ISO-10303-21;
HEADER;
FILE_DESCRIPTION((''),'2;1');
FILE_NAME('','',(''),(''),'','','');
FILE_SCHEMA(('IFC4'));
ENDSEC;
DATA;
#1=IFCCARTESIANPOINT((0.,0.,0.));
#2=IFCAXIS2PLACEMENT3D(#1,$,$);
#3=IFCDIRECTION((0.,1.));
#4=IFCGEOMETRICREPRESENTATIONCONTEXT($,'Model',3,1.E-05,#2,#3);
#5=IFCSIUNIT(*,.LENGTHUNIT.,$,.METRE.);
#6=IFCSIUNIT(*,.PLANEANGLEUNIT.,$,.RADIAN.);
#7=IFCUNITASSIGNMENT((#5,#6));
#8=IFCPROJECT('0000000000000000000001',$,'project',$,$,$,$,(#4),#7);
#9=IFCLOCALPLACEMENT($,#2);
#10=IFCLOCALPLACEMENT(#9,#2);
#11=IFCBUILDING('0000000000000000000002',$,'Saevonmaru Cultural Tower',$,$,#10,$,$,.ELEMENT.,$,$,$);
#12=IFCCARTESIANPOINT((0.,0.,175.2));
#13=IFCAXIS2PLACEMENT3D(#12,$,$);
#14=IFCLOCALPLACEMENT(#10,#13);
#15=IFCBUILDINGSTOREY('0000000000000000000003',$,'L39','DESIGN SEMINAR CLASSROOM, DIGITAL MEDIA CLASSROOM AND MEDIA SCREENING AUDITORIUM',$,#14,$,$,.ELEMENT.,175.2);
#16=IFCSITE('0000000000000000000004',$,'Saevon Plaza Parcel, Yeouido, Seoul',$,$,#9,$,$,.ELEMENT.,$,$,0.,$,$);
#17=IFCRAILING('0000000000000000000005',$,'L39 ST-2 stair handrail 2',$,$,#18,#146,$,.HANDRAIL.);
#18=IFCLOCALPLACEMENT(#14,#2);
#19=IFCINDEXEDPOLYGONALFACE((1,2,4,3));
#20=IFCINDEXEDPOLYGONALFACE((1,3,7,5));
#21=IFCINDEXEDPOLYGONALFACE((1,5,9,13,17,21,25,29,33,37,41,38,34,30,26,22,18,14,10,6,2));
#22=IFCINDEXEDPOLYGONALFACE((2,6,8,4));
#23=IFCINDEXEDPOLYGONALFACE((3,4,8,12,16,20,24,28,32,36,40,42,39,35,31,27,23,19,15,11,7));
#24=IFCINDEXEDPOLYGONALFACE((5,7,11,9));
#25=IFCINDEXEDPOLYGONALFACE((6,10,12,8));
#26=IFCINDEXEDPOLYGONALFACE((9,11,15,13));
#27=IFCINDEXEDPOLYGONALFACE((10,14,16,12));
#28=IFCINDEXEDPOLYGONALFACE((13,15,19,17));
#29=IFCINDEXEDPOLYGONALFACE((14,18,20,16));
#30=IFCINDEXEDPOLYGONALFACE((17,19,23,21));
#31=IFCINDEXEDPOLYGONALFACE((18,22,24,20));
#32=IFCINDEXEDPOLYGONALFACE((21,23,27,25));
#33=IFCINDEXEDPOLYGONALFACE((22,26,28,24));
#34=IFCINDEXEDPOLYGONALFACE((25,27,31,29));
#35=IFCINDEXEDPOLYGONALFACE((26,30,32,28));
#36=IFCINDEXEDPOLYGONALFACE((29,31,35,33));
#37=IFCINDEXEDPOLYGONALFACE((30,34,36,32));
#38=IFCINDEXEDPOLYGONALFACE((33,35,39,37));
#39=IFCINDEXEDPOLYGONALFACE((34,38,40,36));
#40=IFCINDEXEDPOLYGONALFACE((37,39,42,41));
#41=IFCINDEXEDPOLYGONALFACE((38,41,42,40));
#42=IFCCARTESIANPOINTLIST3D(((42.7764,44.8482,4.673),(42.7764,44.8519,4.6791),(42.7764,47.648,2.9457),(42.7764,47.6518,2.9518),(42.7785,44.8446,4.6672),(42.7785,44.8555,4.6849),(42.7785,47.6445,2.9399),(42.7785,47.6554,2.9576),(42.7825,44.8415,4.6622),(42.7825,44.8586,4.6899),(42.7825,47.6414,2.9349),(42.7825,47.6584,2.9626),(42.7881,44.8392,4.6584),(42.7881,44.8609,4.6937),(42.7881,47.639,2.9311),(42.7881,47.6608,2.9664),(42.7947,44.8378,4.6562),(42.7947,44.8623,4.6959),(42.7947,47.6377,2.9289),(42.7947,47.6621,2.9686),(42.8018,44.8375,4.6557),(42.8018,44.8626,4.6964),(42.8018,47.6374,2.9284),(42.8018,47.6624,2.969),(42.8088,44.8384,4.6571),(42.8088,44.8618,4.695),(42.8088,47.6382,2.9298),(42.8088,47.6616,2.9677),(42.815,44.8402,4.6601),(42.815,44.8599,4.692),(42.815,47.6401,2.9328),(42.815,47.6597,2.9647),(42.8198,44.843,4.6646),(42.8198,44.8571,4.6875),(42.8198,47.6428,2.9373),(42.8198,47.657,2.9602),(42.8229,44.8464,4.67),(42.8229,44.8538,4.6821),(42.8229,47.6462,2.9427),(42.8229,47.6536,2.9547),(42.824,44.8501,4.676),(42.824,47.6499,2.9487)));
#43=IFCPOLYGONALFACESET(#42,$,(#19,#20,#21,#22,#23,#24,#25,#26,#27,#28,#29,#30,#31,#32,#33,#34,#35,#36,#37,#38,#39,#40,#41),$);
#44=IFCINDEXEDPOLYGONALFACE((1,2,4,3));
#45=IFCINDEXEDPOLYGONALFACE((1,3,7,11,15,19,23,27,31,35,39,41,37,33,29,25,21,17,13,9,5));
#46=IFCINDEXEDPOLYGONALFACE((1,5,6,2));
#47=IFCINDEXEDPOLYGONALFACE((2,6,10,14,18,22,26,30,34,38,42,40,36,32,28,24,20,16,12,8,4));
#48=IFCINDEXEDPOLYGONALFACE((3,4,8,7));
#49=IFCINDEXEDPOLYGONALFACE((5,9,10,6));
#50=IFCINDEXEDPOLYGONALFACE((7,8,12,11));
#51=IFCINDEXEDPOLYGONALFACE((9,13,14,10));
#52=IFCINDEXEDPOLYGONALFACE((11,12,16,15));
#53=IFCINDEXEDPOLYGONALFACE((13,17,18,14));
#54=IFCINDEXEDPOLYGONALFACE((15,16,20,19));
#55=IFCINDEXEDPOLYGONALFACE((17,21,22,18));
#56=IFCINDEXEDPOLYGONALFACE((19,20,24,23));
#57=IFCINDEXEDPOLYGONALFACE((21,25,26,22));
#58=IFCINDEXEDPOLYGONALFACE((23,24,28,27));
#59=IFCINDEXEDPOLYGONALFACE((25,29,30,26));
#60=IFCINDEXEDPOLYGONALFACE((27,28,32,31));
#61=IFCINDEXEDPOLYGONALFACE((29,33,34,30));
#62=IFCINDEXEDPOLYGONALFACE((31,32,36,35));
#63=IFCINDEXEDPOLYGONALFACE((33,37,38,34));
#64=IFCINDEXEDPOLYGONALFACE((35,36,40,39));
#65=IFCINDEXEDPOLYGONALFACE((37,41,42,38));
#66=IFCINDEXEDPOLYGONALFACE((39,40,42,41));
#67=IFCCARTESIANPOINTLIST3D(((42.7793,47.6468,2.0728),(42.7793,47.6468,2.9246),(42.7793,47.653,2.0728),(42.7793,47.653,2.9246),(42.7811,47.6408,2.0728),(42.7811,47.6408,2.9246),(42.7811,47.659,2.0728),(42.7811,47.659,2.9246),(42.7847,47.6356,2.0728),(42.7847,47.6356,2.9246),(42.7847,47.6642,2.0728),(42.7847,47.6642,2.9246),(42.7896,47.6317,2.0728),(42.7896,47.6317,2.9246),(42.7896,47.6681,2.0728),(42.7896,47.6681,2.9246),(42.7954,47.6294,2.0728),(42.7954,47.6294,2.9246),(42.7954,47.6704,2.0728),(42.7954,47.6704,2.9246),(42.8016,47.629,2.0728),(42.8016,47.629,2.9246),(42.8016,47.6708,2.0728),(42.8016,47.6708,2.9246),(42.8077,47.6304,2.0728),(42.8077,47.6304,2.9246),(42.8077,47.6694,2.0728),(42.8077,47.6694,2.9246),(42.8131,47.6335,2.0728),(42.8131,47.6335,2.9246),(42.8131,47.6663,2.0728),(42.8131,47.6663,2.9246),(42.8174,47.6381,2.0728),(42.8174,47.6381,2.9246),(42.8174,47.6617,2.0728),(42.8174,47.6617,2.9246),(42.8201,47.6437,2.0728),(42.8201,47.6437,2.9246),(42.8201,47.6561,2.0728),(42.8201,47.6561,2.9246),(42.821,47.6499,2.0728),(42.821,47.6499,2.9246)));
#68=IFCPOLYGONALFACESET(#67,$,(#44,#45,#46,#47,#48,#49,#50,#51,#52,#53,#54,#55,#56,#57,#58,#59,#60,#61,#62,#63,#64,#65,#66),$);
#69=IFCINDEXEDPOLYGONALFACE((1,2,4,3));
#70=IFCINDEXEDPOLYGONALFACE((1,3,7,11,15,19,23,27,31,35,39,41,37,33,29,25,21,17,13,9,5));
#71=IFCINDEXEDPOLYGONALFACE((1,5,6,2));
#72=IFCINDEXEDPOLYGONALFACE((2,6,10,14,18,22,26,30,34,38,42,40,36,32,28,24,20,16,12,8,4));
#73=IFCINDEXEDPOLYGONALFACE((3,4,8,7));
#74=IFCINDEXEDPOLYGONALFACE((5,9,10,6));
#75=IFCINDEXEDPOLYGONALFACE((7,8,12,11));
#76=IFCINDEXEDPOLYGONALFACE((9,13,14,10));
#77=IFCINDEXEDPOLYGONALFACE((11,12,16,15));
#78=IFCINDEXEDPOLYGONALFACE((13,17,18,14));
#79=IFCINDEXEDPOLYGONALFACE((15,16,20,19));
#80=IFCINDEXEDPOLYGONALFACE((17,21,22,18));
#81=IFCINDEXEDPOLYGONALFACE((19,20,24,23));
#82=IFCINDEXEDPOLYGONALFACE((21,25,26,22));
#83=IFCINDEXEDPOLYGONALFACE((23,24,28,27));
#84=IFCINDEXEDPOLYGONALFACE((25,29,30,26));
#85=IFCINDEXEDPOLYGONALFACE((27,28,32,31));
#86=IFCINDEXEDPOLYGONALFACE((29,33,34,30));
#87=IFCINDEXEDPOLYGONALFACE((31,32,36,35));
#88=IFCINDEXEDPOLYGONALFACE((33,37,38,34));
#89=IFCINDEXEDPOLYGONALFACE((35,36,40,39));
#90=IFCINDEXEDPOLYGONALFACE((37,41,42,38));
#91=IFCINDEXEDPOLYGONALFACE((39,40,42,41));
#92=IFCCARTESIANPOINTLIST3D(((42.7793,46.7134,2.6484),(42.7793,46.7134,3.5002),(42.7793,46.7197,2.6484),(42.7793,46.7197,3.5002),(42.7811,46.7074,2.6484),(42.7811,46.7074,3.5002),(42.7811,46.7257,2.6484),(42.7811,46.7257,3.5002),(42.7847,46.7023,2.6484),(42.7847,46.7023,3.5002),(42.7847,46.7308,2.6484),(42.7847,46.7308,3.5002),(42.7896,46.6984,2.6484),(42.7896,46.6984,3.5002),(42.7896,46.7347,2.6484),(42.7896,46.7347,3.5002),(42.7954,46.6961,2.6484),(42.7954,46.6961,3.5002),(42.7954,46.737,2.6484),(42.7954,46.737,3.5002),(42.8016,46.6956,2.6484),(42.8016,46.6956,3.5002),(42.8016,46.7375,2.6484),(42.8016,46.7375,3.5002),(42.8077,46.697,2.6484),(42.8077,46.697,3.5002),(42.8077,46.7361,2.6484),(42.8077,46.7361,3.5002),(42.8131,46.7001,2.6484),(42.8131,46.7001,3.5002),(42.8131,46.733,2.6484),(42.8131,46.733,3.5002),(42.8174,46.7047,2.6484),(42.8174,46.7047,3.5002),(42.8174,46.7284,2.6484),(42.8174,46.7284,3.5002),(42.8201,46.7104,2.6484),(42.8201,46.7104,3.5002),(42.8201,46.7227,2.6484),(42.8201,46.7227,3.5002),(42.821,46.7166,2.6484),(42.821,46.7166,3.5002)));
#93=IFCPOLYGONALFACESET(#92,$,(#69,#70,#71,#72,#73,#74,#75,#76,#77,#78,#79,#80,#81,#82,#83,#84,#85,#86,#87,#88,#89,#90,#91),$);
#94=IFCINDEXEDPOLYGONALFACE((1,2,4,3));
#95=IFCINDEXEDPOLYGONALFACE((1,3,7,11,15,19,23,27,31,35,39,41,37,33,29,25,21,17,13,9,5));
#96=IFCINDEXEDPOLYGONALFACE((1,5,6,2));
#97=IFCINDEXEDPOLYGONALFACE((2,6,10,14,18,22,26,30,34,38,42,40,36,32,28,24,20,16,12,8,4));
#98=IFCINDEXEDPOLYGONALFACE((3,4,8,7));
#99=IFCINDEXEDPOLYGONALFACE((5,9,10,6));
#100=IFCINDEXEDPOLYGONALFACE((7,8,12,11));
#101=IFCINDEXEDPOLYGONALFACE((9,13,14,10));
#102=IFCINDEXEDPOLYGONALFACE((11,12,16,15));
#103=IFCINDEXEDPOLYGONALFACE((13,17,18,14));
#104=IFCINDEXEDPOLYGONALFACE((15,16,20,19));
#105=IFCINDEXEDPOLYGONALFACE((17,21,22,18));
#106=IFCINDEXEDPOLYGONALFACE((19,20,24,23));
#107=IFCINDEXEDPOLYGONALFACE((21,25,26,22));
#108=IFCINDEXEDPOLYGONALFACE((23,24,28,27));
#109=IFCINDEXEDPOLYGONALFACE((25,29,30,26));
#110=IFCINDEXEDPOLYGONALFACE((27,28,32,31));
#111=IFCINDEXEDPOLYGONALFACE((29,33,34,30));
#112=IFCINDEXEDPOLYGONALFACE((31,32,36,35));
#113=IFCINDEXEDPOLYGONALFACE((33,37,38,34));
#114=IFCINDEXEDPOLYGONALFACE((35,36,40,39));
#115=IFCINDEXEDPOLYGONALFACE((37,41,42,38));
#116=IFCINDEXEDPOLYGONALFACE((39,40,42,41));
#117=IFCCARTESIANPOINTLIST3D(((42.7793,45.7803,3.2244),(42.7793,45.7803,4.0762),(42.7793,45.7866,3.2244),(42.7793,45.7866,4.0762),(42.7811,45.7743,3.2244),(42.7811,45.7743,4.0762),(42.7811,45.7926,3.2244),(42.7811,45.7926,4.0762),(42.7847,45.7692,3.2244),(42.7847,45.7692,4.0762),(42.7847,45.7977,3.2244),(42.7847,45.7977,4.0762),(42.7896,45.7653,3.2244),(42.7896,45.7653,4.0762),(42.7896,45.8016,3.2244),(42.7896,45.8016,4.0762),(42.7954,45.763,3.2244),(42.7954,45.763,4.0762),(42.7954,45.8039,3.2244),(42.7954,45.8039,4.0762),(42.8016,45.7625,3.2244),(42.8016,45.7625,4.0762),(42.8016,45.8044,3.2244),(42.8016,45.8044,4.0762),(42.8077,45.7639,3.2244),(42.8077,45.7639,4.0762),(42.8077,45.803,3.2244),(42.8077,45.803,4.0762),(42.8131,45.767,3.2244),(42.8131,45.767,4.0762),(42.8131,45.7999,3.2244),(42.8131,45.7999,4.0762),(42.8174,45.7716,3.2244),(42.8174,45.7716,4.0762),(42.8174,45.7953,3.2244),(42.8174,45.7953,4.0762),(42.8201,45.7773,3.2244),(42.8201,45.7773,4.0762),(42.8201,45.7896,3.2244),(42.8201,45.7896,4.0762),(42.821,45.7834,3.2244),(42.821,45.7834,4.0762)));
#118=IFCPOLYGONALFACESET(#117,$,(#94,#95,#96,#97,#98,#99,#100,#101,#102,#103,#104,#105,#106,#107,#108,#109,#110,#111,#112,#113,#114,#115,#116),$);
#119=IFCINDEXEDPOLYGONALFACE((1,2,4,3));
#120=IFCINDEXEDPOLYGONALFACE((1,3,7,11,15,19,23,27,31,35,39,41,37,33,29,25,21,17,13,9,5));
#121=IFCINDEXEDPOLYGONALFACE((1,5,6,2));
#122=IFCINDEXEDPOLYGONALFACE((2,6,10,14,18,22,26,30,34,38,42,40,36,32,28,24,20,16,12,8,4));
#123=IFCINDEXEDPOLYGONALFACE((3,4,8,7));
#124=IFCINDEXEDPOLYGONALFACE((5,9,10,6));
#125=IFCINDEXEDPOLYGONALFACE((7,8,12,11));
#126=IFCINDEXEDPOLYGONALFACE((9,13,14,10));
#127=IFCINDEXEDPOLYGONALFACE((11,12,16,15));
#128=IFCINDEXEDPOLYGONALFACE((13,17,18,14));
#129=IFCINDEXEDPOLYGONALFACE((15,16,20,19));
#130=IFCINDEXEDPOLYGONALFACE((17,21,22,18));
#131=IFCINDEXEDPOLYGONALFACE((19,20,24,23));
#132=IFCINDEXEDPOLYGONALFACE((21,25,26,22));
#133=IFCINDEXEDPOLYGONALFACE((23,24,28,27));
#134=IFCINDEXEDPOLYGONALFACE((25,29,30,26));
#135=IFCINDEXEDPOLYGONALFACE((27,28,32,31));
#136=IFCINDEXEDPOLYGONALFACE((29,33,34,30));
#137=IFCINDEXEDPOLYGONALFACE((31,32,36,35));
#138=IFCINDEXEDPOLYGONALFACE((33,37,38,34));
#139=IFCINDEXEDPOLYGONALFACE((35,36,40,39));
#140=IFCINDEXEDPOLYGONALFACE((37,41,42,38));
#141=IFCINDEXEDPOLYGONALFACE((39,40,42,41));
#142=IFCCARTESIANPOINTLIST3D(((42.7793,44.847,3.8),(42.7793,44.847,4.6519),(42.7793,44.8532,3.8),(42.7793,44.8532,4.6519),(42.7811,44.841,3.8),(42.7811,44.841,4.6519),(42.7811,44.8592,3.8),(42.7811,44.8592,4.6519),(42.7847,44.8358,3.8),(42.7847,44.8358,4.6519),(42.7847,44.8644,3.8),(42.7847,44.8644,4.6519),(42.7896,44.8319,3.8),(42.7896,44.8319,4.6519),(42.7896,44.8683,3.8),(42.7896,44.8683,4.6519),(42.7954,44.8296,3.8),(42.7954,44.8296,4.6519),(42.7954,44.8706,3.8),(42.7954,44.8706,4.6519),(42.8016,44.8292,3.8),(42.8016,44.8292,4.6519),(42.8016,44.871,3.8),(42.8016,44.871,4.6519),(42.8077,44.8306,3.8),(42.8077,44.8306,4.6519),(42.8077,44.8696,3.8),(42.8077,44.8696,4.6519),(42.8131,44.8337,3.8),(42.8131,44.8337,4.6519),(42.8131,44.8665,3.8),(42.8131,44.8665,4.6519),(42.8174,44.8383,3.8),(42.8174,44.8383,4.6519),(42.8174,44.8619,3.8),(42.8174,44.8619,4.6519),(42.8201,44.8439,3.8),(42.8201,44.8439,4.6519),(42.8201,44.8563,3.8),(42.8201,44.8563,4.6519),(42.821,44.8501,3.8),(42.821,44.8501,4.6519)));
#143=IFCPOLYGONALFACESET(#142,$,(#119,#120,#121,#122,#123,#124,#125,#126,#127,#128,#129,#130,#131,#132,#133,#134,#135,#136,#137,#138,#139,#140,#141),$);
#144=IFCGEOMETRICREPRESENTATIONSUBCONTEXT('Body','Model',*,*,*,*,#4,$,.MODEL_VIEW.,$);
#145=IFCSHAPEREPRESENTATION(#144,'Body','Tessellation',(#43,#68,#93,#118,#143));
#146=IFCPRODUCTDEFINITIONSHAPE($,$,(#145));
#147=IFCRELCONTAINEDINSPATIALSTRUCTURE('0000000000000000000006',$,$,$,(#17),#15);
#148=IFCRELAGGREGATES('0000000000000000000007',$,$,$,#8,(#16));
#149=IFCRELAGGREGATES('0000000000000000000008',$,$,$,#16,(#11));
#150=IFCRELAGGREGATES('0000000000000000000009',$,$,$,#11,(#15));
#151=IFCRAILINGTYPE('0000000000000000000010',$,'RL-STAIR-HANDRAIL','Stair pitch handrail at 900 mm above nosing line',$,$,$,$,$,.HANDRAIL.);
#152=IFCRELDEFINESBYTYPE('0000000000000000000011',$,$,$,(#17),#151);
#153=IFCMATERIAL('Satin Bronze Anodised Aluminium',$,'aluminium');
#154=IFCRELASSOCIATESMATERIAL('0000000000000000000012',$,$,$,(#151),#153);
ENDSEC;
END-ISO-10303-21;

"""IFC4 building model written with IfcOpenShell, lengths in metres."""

from ifc_helpers import new_model, si_unit, direction, frame, origin, origin_2d, place, context, subcontext, project, spatial, circle, extrude, material, type_object, element, save


model = new_model("IFC4")

# Units and contexts
model_context = context("Model", 3, precision=1e-05, world=origin(), true_north=direction((0.0, 1.0)))
body_context = subcontext(model_context, "Body", "Model", "MODEL_VIEW")
ifc_project = project(units=[si_unit("LENGTHUNIT", "METRE"), si_unit("PLANEANGLEUNIT", "RADIAN")], contexts=[model_context])

# Site, building, storey
site_placement = place(None, origin())
site = spatial("IfcSite", under=ifc_project, at=site_placement, Name="Saevon Plaza Parcel, Yeouido, Seoul", CompositionType="ELEMENT", RefElevation=0.0)
building_placement = place(site_placement, origin())
building = spatial("IfcBuilding", under=site, at=building_placement, Name="Saevonmaru Cultural Tower", CompositionType="ELEMENT")
storey_placement = place(building_placement, frame((0.0, 0.0, 175.2)))
storey = spatial("IfcBuildingStorey", under=building, at=storey_placement, Name="L39", Description="DESIGN SEMINAR CLASSROOM, DIGITAL MEDIA CLASSROOM AND MEDIA SCREENING AUDITORIUM", CompositionType="ELEMENT", Elevation=175.2)

# Shared definitions
ifc_material_1 = material(Name="Satin Bronze Anodised Aluminium", Category="aluminium")

# Railing
railing_type = type_object("IfcRailingType", Name="RL-STAIR-HANDRAIL", Description="Stair pitch handrail at 900 mm above nosing line", PredefinedType="HANDRAIL", material=ifc_material_1)
railing_placement = place(storey_placement, frame((42.8, 47.6499, 2.0728)))
element("IfcRailing", 1, at=railing_placement, inside=storey, type_object=railing_type, Name="L39 ST-2 stair handrail 2", PredefinedType="HANDRAIL", context=body_context, shape_type="SweptSolid", body=[
    extrude(circle(Radius=0.0239, at=origin_2d()), frame((0.0, 0.0, 0.876), z_axis=(0.0, -0.851069, 0.525054), x_axis=(1.0, 0.0, 0.0)), (0.0, 0.0, 1.0), 3.2898),
    extrude(circle(Radius=0.021, at=origin_2d()), origin(), (0.0, 0.0, 1.0), 0.8518),
    extrude(circle(Radius=0.021, at=origin_2d()), frame((0.0, -0.9333, 0.5757)), (0.0, 0.0, 1.0), 0.8518),
    extrude(circle(Radius=0.021, at=origin_2d()), frame((0.0, -1.8665, 1.1516)), (0.0, 0.0, 1.0), 0.8518),
    extrude(circle(Radius=0.021, at=origin_2d()), frame((0.0, -2.7998, 1.7273)), (0.0, 0.0, 1.0), 0.8518),
])

save(model, "model.ifc")
